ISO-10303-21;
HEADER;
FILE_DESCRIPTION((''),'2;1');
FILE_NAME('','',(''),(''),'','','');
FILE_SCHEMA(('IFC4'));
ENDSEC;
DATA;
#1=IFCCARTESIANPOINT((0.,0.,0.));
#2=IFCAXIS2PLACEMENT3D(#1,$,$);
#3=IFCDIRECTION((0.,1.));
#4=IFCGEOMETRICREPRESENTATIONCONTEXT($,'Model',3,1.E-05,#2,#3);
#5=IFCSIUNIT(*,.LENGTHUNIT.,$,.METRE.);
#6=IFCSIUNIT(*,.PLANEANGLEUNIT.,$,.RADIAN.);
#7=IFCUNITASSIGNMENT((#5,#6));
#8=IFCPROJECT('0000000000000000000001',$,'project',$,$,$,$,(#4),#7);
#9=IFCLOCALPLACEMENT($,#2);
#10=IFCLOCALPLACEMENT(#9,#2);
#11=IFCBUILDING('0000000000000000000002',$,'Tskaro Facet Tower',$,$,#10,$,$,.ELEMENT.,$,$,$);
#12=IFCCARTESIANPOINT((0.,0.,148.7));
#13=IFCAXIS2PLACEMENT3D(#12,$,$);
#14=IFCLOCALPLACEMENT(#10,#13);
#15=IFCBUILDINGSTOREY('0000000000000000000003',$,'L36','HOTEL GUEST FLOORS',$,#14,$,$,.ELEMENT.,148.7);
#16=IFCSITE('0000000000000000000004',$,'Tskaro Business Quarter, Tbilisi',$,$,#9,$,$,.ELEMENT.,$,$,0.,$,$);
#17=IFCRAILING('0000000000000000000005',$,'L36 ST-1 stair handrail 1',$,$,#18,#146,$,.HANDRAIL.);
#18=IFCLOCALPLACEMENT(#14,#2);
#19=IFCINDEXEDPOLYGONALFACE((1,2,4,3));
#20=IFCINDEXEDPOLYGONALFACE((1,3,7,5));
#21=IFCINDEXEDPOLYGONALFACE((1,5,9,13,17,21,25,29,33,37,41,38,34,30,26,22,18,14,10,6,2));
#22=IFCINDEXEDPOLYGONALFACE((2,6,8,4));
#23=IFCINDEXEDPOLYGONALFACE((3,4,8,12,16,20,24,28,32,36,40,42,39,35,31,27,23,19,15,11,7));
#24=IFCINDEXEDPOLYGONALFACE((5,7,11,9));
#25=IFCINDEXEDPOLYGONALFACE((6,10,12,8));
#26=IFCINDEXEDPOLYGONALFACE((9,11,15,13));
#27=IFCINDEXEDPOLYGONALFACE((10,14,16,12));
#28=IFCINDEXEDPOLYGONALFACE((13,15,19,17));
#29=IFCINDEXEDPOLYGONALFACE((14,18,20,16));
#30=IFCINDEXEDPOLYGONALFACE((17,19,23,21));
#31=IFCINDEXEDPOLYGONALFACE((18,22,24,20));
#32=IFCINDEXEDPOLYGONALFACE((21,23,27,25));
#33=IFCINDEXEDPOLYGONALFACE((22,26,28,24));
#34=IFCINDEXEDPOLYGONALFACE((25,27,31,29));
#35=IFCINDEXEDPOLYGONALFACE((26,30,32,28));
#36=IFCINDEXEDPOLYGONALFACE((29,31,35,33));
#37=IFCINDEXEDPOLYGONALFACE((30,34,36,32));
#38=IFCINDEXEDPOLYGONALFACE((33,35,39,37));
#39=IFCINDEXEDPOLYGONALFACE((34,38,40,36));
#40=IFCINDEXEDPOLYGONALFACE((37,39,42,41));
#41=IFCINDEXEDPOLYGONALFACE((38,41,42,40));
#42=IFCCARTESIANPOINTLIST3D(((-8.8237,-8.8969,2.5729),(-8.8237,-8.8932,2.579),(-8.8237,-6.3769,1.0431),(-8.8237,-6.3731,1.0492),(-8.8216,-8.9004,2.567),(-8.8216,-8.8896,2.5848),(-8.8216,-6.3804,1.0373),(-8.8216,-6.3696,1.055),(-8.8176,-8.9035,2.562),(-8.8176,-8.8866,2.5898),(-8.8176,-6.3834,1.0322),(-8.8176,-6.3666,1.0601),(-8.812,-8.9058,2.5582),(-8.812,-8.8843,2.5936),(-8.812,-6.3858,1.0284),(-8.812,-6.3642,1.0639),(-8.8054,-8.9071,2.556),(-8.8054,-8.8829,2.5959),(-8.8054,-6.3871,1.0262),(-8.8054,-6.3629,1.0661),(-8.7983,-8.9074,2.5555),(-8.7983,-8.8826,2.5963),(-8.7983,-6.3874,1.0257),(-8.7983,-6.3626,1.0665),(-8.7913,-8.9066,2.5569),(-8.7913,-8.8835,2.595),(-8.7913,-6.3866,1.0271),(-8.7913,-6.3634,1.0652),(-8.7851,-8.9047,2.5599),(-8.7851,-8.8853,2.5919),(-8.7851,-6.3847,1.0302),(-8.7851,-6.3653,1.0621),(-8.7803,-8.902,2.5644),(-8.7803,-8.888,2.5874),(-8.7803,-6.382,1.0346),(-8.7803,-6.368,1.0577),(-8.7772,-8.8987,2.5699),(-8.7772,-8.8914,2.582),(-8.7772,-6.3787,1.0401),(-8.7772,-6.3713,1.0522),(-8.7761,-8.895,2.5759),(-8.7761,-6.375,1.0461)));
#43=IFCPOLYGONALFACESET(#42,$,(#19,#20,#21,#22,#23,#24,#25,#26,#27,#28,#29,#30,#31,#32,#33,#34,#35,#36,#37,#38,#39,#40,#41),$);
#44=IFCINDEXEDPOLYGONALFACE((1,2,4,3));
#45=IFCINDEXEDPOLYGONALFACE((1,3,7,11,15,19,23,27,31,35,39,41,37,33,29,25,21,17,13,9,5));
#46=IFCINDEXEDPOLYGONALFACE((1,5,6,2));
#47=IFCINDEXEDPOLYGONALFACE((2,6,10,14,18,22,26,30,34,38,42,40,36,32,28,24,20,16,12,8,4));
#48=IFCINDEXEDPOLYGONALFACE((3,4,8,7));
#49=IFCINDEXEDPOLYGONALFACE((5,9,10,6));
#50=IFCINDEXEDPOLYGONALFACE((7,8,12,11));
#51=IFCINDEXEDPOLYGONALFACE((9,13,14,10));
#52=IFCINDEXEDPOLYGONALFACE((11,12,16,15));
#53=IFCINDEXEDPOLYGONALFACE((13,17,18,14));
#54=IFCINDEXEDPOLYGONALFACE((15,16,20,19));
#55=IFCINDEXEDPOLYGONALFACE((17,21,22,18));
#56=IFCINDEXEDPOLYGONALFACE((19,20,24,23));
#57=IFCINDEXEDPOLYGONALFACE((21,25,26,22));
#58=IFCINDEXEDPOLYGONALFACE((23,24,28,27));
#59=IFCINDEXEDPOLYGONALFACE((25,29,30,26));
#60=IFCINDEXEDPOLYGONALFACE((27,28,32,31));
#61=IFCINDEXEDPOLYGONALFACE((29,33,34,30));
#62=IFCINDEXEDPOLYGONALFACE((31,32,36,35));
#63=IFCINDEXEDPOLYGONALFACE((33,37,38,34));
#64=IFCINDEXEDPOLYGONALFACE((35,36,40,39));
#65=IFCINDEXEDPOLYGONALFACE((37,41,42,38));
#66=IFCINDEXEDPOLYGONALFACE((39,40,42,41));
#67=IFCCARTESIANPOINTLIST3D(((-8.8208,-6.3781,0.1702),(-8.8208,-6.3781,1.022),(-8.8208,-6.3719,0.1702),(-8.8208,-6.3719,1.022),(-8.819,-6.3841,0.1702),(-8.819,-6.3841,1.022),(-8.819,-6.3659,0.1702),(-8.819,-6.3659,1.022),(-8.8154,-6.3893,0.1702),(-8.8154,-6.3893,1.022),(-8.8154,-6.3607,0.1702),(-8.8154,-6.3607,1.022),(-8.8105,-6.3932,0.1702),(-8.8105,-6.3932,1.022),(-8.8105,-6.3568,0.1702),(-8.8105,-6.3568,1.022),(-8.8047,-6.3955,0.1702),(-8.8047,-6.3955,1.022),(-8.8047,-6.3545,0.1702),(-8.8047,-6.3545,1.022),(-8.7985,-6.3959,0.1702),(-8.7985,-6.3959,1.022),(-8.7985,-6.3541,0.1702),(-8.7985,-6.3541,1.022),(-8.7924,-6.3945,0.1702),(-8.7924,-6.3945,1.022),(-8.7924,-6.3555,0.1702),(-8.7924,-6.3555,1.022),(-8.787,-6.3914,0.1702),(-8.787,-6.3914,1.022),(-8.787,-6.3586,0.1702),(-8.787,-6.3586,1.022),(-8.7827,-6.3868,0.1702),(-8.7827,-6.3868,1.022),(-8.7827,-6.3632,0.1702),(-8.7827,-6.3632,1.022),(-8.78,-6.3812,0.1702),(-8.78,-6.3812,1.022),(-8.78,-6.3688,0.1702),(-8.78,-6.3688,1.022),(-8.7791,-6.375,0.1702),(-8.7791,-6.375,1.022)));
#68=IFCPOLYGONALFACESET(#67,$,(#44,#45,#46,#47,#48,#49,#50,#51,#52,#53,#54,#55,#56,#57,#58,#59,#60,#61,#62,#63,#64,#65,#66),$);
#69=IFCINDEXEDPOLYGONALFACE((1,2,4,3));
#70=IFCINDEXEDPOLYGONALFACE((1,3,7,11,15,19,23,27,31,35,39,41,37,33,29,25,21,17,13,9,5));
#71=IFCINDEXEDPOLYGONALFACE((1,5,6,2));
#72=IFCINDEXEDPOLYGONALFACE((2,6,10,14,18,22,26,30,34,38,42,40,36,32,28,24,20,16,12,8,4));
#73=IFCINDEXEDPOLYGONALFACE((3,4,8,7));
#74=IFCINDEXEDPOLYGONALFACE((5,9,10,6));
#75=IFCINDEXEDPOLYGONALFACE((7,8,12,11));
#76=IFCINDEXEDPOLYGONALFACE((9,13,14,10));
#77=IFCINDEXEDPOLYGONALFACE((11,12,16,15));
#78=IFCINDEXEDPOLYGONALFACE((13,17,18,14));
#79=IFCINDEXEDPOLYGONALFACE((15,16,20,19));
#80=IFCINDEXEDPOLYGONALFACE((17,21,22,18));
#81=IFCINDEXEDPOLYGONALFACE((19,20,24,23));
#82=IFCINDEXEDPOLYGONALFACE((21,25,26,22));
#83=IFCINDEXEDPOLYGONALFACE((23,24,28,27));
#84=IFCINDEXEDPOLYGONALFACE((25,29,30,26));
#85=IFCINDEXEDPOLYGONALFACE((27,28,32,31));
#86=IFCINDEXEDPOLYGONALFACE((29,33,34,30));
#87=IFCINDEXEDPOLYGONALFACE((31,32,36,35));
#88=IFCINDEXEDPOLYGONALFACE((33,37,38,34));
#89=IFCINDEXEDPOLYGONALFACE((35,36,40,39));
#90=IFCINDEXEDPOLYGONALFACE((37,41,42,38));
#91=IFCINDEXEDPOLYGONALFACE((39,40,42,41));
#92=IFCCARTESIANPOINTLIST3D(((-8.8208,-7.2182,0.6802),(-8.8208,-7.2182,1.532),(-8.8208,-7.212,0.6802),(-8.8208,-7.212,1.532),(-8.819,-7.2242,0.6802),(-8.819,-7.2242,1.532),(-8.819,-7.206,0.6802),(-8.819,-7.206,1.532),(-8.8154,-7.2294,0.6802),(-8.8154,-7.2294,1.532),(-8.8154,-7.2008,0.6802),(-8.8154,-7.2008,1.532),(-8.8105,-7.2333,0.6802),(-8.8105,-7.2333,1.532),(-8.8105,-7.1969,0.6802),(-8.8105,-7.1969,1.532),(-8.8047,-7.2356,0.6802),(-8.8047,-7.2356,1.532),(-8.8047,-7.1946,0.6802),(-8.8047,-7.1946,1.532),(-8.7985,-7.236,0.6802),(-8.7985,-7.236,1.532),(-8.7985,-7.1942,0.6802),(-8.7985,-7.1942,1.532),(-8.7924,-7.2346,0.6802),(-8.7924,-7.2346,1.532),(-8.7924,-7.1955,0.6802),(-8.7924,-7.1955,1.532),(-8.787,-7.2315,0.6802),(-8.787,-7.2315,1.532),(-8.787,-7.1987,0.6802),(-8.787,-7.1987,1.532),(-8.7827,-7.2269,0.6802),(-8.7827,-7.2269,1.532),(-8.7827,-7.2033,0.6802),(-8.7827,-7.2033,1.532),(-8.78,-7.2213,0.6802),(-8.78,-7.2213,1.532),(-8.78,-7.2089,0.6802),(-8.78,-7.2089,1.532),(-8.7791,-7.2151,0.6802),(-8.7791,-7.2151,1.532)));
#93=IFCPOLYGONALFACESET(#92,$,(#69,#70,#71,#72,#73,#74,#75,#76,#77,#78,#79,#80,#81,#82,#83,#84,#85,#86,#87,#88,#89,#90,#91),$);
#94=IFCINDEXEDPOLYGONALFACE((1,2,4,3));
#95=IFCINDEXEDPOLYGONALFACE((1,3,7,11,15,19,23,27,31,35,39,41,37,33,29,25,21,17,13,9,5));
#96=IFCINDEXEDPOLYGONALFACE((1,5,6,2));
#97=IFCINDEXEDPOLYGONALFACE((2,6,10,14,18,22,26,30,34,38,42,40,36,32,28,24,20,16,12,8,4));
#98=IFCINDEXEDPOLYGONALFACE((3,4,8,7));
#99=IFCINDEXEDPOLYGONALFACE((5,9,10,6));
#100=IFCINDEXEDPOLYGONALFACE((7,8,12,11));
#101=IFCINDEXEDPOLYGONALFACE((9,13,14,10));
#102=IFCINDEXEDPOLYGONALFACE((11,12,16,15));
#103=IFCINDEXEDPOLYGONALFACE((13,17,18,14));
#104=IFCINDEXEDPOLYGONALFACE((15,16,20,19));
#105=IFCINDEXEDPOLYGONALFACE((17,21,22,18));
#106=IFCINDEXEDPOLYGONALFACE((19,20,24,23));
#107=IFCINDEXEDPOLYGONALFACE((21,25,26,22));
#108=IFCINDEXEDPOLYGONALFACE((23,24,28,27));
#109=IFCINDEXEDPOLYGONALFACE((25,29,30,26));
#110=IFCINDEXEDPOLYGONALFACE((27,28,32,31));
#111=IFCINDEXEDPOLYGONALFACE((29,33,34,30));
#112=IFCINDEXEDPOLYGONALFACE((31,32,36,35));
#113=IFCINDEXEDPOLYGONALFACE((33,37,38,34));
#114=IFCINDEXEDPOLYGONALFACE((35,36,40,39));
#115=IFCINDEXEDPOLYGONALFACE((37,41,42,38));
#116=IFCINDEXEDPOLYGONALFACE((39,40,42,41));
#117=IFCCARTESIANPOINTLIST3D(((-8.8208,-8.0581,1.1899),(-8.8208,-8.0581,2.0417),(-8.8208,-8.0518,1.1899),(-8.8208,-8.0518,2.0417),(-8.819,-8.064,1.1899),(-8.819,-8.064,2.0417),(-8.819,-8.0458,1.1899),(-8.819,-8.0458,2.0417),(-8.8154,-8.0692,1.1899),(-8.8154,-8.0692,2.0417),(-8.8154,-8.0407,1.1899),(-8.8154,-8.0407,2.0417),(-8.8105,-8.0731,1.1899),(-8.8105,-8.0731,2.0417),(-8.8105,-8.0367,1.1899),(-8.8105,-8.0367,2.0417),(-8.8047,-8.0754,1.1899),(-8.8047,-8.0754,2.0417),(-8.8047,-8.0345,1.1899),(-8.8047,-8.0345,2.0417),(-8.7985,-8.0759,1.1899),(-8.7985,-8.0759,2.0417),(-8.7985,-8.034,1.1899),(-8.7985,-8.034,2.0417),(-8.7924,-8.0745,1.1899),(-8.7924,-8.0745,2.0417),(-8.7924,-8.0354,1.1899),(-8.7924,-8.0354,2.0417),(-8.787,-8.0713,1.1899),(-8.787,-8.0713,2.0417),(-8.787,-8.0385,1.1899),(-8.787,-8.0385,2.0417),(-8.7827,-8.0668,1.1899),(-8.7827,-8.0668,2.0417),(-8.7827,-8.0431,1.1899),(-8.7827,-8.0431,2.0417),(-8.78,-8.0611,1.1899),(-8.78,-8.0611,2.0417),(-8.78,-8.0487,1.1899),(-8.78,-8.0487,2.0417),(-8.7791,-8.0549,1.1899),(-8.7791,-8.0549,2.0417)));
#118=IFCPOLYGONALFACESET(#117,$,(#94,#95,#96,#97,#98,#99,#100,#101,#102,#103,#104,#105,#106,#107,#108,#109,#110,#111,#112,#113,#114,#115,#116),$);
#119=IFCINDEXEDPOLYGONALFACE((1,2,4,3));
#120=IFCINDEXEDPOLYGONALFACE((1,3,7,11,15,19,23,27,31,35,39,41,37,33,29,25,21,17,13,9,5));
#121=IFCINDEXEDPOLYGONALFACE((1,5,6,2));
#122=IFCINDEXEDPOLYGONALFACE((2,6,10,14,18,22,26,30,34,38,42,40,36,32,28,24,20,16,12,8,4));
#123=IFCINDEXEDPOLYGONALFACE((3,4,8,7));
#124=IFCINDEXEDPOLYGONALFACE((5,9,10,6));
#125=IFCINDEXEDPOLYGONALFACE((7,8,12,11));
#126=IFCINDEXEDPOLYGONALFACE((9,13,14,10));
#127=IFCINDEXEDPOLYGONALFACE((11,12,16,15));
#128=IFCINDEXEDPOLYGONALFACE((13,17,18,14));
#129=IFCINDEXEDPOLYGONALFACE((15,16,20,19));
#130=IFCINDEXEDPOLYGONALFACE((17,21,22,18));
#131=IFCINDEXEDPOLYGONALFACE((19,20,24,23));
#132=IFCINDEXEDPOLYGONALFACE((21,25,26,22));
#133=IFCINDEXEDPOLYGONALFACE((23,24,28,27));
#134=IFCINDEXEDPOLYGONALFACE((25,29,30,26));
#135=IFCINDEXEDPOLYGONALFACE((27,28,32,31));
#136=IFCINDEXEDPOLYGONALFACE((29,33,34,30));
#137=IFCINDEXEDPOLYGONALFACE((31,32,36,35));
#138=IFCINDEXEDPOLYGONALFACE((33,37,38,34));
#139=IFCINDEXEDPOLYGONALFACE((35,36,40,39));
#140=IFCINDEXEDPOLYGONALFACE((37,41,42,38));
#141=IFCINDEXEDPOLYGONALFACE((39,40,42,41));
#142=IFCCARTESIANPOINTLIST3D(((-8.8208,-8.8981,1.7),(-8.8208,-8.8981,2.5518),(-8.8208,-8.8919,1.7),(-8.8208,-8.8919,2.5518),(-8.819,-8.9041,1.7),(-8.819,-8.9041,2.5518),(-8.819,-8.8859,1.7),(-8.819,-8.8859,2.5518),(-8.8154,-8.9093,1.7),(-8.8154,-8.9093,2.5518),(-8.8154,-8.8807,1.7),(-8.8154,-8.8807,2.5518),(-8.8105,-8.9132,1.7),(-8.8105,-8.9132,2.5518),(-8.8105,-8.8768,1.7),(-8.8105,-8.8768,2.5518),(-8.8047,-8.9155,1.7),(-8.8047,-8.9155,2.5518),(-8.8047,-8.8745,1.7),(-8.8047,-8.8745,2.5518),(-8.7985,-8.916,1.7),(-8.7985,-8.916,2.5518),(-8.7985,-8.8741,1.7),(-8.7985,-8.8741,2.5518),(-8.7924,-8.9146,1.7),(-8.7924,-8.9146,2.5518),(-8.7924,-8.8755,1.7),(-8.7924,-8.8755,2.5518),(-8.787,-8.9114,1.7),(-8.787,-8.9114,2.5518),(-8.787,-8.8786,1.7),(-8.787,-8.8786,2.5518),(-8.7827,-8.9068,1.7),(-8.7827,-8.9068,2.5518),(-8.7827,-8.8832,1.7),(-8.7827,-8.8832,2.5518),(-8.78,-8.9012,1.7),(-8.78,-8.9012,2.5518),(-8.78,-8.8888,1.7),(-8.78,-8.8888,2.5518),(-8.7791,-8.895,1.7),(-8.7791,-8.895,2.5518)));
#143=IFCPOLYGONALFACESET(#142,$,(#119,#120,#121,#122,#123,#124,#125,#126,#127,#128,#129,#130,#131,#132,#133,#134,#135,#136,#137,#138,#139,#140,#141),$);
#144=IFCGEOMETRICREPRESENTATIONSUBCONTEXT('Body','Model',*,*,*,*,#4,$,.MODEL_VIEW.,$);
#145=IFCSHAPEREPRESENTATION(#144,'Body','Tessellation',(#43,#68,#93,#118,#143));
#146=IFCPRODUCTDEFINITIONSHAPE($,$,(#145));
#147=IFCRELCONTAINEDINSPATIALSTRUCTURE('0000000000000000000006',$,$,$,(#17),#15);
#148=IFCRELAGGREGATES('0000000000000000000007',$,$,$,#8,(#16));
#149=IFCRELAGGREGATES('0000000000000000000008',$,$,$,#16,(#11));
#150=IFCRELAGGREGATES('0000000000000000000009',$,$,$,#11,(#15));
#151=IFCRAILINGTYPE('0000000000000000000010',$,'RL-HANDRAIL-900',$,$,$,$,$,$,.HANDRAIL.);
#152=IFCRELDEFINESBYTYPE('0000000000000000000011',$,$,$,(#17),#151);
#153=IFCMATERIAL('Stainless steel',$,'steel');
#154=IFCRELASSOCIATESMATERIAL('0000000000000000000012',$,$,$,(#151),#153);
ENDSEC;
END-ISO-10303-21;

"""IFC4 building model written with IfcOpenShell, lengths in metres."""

from ifc_helpers import new_model, si_unit, direction, frame, origin, origin_2d, place, context, subcontext, project, spatial, circle, extrude, material, type_object, element, save


model = new_model("IFC4")

# Units and contexts
model_context = context("Model", 3, precision=1e-05, world=origin(), true_north=direction((0.0, 1.0)))
body_context = subcontext(model_context, "Body", "Model", "MODEL_VIEW")
ifc_project = project(units=[si_unit("LENGTHUNIT", "METRE"), si_unit("PLANEANGLEUNIT", "RADIAN")], contexts=[model_context])

# Site, building, storey
site_placement = place(None, origin())
site = spatial("IfcSite", under=ifc_project, at=site_placement, Name="Tskaro Business Quarter, Tbilisi", CompositionType="ELEMENT", RefElevation=0.0)
building_placement = place(site_placement, origin())
building = spatial("IfcBuilding", under=site, at=building_placement, Name="Tskaro Facet Tower", CompositionType="ELEMENT")
storey_placement = place(building_placement, frame((0.0, 0.0, 148.7)))
storey = spatial("IfcBuildingStorey", under=building, at=storey_placement, Name="L36", Description="HOTEL GUEST FLOORS", CompositionType="ELEMENT", Elevation=148.7)

# Shared definitions
ifc_material_1 = material(Name="Stainless steel", Category="steel")

# Railing
railing_type_1 = type_object("IfcRailingType", Name="RL-HANDRAIL-900", PredefinedType="HANDRAIL", material=ifc_material_1)
railing_1_placement = place(storey_placement, frame((-8.8, -6.375, 0.1702)))
element("IfcRailing", 1, at=railing_1_placement, inside=storey, type_object=railing_type_1, Name="L36 ST-1 stair handrail 1", PredefinedType="HANDRAIL", context=body_context, shape_type="SweptSolid", body=[
    extrude(circle(Radius=0.0239, at=origin_2d()), frame((0.0, 0.0, 0.876), z_axis=(0.0, -0.854822, 0.518922), x_axis=(1.0, 0.0, 0.0)), (0.0, 0.0, 1.0), 2.948),
    extrude(circle(Radius=0.021, at=origin_2d()), origin(), (0.0, 0.0, 1.0), 0.8518),
    extrude(circle(Radius=0.021, at=origin_2d()), frame((0.0, -0.8401, 0.51)), (0.0, 0.0, 1.0), 0.8518),
    extrude(circle(Radius=0.021, at=origin_2d()), frame((0.0, -1.6799, 1.0198)), (0.0, 0.0, 1.0), 0.8518),
    extrude(circle(Radius=0.021, at=origin_2d()), frame((0.0, -2.52, 1.5298)), (0.0, 0.0, 1.0), 0.8518),
])

save(model, "model.ifc")
